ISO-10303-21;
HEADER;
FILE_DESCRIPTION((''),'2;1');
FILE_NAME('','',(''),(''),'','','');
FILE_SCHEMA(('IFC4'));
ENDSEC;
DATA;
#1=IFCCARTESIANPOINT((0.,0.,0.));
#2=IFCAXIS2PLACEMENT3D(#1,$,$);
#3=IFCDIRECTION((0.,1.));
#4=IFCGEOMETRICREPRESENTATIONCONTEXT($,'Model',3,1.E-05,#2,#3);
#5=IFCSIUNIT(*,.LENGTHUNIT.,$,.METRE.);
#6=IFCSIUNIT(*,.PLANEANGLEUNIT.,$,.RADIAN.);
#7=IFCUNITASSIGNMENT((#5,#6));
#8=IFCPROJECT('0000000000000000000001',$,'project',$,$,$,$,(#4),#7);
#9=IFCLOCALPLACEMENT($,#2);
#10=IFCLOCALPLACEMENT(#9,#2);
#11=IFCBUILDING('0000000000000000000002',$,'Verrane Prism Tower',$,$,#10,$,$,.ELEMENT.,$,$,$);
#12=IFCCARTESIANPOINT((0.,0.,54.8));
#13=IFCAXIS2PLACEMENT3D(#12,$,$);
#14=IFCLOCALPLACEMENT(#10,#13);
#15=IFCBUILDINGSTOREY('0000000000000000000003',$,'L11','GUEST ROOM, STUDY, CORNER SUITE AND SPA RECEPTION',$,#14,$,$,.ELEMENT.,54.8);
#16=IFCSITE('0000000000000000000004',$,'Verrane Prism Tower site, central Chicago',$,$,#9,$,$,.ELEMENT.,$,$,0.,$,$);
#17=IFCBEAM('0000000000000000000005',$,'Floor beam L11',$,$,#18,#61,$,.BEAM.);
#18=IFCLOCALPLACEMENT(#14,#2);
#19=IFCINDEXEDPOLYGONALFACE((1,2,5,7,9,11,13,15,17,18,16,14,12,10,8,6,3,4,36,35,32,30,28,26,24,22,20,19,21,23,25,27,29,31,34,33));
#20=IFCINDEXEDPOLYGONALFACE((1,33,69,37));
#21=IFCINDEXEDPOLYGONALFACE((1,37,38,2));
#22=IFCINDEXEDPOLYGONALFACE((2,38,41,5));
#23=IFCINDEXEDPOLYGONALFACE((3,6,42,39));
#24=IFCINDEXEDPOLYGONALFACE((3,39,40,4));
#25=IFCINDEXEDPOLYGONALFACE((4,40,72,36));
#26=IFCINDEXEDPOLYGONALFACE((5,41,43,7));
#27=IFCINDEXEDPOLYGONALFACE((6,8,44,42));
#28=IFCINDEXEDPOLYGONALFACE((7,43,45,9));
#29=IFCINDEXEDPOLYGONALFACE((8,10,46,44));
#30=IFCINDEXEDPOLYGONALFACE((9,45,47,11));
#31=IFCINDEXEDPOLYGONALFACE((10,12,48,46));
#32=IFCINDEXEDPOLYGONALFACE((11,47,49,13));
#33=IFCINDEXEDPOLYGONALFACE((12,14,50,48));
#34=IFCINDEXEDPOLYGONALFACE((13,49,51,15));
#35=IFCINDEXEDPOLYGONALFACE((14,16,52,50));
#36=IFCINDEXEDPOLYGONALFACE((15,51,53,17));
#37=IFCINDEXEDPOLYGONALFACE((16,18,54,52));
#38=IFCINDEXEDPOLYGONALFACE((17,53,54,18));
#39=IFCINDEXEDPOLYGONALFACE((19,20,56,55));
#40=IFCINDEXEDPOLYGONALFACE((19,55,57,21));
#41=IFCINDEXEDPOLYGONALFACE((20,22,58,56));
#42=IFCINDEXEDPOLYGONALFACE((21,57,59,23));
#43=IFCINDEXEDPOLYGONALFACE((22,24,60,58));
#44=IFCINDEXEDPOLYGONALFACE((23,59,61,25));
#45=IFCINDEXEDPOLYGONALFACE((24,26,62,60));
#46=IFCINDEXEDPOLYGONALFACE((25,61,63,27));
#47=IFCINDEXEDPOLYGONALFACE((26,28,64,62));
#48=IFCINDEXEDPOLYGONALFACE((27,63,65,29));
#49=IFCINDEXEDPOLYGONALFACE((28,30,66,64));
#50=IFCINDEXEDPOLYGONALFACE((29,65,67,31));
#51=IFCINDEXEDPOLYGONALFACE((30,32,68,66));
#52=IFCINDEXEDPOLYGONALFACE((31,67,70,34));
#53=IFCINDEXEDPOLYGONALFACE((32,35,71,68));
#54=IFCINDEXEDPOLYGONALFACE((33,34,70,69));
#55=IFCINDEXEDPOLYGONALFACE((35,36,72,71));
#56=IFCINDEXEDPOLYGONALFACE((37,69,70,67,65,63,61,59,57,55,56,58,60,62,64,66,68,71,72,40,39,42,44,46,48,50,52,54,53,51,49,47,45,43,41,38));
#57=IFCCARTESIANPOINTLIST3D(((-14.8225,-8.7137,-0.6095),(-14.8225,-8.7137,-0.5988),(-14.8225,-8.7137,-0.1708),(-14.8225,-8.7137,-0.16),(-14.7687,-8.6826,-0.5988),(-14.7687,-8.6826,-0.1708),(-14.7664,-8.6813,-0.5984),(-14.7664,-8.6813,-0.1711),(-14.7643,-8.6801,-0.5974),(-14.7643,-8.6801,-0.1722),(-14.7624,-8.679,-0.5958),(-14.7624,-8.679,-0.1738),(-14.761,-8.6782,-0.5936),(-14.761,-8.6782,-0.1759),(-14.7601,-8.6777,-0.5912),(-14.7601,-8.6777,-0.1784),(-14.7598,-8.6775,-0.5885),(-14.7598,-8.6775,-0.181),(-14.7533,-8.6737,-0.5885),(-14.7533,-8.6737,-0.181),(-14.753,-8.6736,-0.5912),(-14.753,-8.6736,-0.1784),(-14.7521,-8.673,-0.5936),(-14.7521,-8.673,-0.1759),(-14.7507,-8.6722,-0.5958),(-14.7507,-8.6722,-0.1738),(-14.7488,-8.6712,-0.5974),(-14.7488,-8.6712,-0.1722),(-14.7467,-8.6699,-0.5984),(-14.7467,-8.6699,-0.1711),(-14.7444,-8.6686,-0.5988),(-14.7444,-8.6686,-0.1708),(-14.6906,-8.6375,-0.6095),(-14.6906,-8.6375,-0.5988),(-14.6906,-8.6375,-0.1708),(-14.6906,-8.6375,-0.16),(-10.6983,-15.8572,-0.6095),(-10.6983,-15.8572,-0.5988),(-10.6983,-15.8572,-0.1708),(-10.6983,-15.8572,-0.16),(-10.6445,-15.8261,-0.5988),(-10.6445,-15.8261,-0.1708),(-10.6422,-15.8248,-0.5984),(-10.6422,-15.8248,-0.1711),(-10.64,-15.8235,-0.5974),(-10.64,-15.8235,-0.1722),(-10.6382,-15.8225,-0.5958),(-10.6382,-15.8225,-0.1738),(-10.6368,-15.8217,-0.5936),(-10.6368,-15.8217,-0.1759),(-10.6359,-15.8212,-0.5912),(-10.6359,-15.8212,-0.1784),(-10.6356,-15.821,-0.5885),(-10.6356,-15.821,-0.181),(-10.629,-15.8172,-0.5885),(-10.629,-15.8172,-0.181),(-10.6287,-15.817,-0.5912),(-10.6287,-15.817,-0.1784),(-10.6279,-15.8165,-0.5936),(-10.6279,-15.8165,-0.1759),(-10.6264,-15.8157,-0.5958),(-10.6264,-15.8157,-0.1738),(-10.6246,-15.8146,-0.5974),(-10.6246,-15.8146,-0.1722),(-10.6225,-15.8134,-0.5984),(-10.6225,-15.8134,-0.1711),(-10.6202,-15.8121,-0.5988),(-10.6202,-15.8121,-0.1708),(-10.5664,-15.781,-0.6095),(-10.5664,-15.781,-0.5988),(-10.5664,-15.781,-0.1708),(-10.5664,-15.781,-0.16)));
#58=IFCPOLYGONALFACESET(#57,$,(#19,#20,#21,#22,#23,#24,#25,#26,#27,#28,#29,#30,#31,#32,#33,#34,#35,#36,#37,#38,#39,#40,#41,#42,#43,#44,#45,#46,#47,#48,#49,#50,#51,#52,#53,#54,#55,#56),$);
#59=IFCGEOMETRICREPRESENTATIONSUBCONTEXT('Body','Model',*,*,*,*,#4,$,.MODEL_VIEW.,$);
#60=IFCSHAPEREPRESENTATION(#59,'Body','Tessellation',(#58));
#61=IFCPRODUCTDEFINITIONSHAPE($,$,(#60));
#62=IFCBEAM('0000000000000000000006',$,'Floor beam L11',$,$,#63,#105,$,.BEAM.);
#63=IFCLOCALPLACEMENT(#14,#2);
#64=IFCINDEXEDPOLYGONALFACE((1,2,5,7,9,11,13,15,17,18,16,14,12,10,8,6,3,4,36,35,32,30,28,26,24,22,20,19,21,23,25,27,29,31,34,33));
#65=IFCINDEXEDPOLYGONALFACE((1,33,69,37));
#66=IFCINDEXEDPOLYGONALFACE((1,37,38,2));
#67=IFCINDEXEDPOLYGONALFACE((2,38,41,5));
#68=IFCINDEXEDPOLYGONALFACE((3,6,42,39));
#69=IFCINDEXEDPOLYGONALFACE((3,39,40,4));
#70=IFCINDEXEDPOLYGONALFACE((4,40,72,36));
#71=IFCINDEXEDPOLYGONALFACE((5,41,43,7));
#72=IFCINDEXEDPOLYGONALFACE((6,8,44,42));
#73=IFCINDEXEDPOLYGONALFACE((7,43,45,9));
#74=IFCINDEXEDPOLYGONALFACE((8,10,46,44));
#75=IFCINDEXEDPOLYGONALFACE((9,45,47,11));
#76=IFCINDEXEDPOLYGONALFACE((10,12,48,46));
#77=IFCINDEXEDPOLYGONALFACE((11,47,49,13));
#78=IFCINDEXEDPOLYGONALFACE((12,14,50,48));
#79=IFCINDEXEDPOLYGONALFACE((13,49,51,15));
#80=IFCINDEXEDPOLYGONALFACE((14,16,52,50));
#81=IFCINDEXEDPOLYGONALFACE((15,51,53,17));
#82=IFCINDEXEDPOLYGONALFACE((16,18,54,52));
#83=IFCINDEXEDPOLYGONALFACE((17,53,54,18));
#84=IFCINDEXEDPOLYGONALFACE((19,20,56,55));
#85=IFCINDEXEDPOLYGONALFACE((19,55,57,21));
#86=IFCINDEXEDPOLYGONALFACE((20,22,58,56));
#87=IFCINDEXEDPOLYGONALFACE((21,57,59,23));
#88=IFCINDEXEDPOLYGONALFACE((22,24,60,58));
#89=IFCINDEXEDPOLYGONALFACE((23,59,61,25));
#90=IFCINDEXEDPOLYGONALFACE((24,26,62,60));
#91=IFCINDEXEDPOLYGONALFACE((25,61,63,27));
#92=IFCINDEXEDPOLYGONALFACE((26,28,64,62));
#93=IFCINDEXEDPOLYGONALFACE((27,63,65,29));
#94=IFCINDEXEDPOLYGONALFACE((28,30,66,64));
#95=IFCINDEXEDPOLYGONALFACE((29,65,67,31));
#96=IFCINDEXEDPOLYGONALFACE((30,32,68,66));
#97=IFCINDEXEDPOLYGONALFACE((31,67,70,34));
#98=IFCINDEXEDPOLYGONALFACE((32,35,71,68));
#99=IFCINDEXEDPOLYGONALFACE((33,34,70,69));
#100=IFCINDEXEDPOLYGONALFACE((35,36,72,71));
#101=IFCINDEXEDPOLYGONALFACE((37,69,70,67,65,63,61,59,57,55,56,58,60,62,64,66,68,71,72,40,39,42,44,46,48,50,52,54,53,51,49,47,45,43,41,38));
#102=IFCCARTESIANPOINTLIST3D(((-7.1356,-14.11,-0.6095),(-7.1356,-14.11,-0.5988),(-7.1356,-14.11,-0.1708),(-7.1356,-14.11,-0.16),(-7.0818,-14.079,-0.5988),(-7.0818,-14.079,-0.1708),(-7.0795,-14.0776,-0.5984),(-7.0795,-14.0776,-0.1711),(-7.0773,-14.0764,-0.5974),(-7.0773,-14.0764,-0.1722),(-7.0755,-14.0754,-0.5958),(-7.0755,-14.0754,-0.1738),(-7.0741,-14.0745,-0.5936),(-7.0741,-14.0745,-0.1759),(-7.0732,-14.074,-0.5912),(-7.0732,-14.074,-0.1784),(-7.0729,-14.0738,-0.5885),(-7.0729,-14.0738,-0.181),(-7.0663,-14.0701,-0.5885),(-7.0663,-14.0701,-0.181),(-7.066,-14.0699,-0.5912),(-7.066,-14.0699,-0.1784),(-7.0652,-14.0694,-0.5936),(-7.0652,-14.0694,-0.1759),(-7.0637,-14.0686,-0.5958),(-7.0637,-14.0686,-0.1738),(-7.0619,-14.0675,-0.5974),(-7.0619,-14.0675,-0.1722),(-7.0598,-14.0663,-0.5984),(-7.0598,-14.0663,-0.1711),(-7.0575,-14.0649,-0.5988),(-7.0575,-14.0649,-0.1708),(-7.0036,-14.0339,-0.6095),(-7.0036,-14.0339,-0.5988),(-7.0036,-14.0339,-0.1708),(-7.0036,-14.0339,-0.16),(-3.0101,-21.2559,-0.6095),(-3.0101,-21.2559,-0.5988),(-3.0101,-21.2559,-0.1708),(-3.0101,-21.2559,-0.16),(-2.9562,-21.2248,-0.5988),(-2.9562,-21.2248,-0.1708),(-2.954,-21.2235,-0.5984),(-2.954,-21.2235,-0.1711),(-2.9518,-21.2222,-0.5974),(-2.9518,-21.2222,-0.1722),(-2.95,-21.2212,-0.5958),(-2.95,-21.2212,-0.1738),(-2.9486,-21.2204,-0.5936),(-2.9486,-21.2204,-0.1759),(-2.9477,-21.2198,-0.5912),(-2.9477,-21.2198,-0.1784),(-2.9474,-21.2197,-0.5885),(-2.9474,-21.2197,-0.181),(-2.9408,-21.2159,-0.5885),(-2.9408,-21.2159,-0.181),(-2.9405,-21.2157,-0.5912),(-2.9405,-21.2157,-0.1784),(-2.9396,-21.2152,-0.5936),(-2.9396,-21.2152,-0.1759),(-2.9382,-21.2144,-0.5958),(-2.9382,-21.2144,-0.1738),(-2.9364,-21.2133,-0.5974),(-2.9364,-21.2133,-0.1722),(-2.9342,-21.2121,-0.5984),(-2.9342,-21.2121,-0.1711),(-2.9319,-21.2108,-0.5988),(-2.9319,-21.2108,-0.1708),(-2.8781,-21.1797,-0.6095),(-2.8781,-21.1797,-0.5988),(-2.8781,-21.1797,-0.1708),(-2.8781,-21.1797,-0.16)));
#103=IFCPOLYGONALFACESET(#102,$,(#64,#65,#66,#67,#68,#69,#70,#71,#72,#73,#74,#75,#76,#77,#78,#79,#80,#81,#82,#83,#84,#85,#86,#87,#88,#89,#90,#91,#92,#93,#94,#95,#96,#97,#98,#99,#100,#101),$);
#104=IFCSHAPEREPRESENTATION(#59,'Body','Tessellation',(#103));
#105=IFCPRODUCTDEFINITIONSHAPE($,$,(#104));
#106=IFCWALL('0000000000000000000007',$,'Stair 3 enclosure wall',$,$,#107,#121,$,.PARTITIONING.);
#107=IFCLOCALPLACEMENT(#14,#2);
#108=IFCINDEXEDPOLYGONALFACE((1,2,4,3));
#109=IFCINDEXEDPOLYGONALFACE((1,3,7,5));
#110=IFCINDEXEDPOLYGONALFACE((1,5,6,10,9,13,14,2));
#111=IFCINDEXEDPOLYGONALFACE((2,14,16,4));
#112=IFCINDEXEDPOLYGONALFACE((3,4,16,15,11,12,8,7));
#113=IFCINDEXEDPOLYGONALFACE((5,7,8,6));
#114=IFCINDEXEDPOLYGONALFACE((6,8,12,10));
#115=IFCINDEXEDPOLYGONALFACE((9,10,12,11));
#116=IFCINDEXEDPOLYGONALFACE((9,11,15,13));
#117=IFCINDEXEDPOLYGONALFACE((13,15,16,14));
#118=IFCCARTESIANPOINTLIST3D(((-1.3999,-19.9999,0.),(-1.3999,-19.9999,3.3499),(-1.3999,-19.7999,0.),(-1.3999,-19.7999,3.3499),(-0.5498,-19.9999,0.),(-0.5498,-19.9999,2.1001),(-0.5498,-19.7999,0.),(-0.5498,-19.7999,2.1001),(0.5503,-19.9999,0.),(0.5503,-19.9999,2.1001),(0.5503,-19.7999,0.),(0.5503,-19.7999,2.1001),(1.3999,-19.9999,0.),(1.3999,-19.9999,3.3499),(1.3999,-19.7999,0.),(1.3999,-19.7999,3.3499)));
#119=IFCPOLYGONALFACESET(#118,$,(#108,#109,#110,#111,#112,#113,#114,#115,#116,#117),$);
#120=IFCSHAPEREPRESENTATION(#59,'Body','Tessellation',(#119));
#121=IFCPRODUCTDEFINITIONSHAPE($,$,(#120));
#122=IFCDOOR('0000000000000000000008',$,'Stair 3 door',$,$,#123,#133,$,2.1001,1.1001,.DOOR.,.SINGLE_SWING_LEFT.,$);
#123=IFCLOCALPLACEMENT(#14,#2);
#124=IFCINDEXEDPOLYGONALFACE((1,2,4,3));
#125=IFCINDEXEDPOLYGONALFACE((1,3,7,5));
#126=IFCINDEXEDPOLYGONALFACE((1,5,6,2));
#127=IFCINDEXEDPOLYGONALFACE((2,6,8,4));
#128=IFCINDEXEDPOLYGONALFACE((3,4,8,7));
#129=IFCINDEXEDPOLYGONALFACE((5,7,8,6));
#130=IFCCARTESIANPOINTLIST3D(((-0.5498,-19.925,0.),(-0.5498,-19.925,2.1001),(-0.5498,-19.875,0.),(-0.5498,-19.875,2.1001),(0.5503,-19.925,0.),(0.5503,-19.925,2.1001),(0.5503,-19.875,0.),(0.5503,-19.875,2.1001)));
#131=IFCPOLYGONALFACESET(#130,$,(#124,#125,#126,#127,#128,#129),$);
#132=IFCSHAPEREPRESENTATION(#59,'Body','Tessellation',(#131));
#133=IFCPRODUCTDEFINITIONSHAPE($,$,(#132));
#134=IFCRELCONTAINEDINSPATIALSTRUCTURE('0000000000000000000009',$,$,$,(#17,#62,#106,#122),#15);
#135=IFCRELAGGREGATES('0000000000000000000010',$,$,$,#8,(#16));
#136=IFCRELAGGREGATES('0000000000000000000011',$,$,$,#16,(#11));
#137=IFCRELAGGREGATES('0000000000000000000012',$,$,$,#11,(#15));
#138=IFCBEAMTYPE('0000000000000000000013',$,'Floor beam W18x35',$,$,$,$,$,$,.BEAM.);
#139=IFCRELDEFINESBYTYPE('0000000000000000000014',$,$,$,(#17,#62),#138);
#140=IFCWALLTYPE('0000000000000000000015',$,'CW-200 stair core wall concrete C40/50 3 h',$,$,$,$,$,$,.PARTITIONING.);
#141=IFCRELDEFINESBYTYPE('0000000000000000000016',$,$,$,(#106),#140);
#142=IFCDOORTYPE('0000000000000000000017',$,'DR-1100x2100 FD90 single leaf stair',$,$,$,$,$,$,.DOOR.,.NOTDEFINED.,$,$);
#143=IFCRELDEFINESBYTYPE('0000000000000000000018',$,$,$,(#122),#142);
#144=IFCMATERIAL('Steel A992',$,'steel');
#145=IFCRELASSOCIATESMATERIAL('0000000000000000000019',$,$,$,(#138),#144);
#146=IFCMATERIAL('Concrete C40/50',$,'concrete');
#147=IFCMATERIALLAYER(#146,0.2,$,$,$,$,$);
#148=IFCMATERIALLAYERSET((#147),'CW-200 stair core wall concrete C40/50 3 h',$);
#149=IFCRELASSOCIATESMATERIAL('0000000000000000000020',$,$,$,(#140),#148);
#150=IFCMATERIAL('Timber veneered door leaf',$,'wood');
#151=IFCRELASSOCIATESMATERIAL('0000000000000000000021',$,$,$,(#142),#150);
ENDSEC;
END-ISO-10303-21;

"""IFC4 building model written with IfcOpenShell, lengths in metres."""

from ifc_helpers import new_model, si_unit, direction, frame, frame_2d, origin, origin_2d, place, context, subcontext, project, spatial, rectangle, i_section, extrude, material, layer, layer_set, material_profile, profile_set, type_object, element, fill, save


model = new_model("IFC4")

# Units and contexts
model_context = context("Model", 3, precision=1e-05, world=origin(), true_north=direction((0.0, 1.0)))
body_context = subcontext(model_context, "Body", "Model", "MODEL_VIEW")
ifc_project = project(units=[si_unit("LENGTHUNIT", "METRE"), si_unit("PLANEANGLEUNIT", "RADIAN")], contexts=[model_context])

# Site, building, storey
site_placement = place(None, origin())
site = spatial("IfcSite", under=ifc_project, at=site_placement, Name="Verrane Prism Tower site, central Chicago", CompositionType="ELEMENT", RefElevation=0.0)
building_placement = place(site_placement, origin())
building = spatial("IfcBuilding", under=site, at=building_placement, Name="Verrane Prism Tower", CompositionType="ELEMENT")
storey_placement = place(building_placement, frame((0.0, 0.0, 54.8)))
storey = spatial("IfcBuildingStorey", under=building, at=storey_placement, Name="L11", Description="GUEST ROOM, STUDY, CORNER SUITE AND SPA RECEPTION", CompositionType="ELEMENT", Elevation=54.8)

# Beams
ifc_material_1 = material(Name="Steel A992", Category="steel")
ifc_material_profile_1 = material_profile(ifc_material_1, i_section(OverallWidth=0.1523, OverallDepth=0.4495, WebThickness=0.0076, FlangeThickness=0.0107, FilletRadius=0.0103, at=origin_2d()), Name="W18x35")
ifc_profile_set_1 = profile_set([ifc_material_profile_1], Name="Steel A992")
beam_type_1 = type_object("IfcBeamType", Name="Floor beam W18x35", PredefinedType="BEAM", material=ifc_profile_set_1)
beam_1_placement = place(storey_placement, frame((-10.6323, -15.8191, -0.3848), z_axis=(-0.499994, 0.866029, 0.0), x_axis=(-0.866029, -0.499994, 0.0)))
element("IfcBeam", 1, at=beam_1_placement, inside=storey, type_object=beam_type_1, Name="Floor beam L11", PredefinedType="BEAM", context=body_context, shape_type="SweptSolid", body=[
    extrude(i_section(OverallWidth=0.1523, OverallDepth=0.4495, WebThickness=0.0076, FlangeThickness=0.0107, FilletRadius=0.0103, at=origin_2d()), origin(), (0.0, 0.0, 1.0), 8.2485),
])
beam_2_placement = place(storey_placement, frame((-2.9441, -21.2178, -0.3848), z_axis=(-0.49999, 0.866031, 0.0), x_axis=(-0.866031, -0.49999, 0.0)))
element("IfcBeam", 2, at=beam_2_placement, inside=storey, type_object=beam_type_1, Name="Floor beam L11", PredefinedType="BEAM", context=body_context, shape_type="SweptSolid", body=[
    extrude(i_section(OverallWidth=0.1523, OverallDepth=0.4495, WebThickness=0.0076, FlangeThickness=0.0107, FilletRadius=0.0103, at=origin_2d()), origin(), (0.0, 0.0, 1.0), 8.2512),
])

# Wall, opening, door
ifc_material_2 = material(Name="Concrete C40/50", Category="concrete")
ifc_layer_1 = layer(ifc_material_2, 0.2)
ifc_layer_set_1 = layer_set([ifc_layer_1], Name="CW-200 stair core wall concrete C40/50 3 h")
wall_type_1 = type_object("IfcWallType", Name="CW-200 stair core wall concrete C40/50 3 h", PredefinedType="PARTITIONING", material=ifc_layer_set_1)
wall_1_placement = place(storey_placement, frame((-1.3999, -19.8999, 0.0), z_axis=(0.0, 0.0, 1.0), x_axis=(1.0, 0.0, 0.0)))
wall_1 = element("IfcWall", 3, at=wall_1_placement, inside=storey, type_object=wall_type_1, Name="Stair 3 enclosure wall", PredefinedType="PARTITIONING", context=body_context, shape_type="SweptSolid", body=[
    extrude(rectangle(XDim=2.7998, YDim=0.2, at=frame_2d((1.3999, 0.0))), origin(), (0.0, 0.0, 1.0), 3.3499),
])
opening_1_placement = place(wall_1_placement, frame((0.8501, 0.0, 0.0)))
opening_1 = element("IfcOpeningElement", 4, at=opening_1_placement, cuts=wall_1, PredefinedType="OPENING", context=body_context, shape_type="SweptSolid", body=[
    extrude(rectangle(XDim=1.1001, YDim=2.1001, at=frame_2d((0.55, 1.05))), frame((0.0, 0.1099, 0.0), z_axis=(0.0, -1.0, 0.0), x_axis=(1.0, 0.0, 0.0)), (0.0, 0.0, 1.0), 0.22),
])
ifc_material_3 = material(Name="Timber veneered door leaf", Category="wood")
door_type_1 = type_object("IfcDoorType", Name="DR-1100x2100 FD90 single leaf stair", OperationType="NOTDEFINED", PredefinedType="DOOR", material=ifc_material_3)
door_1_placement = place(opening_1_placement, origin())
door_1 = element("IfcDoor", 5, at=door_1_placement, inside=storey, type_object=door_type_1, Name="Stair 3 door", OperationType="SINGLE_SWING_LEFT", OverallHeight=2.1001, OverallWidth=1.1001, PredefinedType="DOOR", context=body_context, shape_type="SweptSolid", body=[
    extrude(rectangle(XDim=1.1001, YDim=2.1001, at=frame_2d((0.55, 1.05))), frame((0.0, 0.0249, 0.0), z_axis=(0.0, -1.0, 0.0), x_axis=(1.0, 0.0, 0.0)), (0.0, 0.0, 1.0), 0.05),
])
fill(opening_1, door_1)

save(model, "model.ifc")
